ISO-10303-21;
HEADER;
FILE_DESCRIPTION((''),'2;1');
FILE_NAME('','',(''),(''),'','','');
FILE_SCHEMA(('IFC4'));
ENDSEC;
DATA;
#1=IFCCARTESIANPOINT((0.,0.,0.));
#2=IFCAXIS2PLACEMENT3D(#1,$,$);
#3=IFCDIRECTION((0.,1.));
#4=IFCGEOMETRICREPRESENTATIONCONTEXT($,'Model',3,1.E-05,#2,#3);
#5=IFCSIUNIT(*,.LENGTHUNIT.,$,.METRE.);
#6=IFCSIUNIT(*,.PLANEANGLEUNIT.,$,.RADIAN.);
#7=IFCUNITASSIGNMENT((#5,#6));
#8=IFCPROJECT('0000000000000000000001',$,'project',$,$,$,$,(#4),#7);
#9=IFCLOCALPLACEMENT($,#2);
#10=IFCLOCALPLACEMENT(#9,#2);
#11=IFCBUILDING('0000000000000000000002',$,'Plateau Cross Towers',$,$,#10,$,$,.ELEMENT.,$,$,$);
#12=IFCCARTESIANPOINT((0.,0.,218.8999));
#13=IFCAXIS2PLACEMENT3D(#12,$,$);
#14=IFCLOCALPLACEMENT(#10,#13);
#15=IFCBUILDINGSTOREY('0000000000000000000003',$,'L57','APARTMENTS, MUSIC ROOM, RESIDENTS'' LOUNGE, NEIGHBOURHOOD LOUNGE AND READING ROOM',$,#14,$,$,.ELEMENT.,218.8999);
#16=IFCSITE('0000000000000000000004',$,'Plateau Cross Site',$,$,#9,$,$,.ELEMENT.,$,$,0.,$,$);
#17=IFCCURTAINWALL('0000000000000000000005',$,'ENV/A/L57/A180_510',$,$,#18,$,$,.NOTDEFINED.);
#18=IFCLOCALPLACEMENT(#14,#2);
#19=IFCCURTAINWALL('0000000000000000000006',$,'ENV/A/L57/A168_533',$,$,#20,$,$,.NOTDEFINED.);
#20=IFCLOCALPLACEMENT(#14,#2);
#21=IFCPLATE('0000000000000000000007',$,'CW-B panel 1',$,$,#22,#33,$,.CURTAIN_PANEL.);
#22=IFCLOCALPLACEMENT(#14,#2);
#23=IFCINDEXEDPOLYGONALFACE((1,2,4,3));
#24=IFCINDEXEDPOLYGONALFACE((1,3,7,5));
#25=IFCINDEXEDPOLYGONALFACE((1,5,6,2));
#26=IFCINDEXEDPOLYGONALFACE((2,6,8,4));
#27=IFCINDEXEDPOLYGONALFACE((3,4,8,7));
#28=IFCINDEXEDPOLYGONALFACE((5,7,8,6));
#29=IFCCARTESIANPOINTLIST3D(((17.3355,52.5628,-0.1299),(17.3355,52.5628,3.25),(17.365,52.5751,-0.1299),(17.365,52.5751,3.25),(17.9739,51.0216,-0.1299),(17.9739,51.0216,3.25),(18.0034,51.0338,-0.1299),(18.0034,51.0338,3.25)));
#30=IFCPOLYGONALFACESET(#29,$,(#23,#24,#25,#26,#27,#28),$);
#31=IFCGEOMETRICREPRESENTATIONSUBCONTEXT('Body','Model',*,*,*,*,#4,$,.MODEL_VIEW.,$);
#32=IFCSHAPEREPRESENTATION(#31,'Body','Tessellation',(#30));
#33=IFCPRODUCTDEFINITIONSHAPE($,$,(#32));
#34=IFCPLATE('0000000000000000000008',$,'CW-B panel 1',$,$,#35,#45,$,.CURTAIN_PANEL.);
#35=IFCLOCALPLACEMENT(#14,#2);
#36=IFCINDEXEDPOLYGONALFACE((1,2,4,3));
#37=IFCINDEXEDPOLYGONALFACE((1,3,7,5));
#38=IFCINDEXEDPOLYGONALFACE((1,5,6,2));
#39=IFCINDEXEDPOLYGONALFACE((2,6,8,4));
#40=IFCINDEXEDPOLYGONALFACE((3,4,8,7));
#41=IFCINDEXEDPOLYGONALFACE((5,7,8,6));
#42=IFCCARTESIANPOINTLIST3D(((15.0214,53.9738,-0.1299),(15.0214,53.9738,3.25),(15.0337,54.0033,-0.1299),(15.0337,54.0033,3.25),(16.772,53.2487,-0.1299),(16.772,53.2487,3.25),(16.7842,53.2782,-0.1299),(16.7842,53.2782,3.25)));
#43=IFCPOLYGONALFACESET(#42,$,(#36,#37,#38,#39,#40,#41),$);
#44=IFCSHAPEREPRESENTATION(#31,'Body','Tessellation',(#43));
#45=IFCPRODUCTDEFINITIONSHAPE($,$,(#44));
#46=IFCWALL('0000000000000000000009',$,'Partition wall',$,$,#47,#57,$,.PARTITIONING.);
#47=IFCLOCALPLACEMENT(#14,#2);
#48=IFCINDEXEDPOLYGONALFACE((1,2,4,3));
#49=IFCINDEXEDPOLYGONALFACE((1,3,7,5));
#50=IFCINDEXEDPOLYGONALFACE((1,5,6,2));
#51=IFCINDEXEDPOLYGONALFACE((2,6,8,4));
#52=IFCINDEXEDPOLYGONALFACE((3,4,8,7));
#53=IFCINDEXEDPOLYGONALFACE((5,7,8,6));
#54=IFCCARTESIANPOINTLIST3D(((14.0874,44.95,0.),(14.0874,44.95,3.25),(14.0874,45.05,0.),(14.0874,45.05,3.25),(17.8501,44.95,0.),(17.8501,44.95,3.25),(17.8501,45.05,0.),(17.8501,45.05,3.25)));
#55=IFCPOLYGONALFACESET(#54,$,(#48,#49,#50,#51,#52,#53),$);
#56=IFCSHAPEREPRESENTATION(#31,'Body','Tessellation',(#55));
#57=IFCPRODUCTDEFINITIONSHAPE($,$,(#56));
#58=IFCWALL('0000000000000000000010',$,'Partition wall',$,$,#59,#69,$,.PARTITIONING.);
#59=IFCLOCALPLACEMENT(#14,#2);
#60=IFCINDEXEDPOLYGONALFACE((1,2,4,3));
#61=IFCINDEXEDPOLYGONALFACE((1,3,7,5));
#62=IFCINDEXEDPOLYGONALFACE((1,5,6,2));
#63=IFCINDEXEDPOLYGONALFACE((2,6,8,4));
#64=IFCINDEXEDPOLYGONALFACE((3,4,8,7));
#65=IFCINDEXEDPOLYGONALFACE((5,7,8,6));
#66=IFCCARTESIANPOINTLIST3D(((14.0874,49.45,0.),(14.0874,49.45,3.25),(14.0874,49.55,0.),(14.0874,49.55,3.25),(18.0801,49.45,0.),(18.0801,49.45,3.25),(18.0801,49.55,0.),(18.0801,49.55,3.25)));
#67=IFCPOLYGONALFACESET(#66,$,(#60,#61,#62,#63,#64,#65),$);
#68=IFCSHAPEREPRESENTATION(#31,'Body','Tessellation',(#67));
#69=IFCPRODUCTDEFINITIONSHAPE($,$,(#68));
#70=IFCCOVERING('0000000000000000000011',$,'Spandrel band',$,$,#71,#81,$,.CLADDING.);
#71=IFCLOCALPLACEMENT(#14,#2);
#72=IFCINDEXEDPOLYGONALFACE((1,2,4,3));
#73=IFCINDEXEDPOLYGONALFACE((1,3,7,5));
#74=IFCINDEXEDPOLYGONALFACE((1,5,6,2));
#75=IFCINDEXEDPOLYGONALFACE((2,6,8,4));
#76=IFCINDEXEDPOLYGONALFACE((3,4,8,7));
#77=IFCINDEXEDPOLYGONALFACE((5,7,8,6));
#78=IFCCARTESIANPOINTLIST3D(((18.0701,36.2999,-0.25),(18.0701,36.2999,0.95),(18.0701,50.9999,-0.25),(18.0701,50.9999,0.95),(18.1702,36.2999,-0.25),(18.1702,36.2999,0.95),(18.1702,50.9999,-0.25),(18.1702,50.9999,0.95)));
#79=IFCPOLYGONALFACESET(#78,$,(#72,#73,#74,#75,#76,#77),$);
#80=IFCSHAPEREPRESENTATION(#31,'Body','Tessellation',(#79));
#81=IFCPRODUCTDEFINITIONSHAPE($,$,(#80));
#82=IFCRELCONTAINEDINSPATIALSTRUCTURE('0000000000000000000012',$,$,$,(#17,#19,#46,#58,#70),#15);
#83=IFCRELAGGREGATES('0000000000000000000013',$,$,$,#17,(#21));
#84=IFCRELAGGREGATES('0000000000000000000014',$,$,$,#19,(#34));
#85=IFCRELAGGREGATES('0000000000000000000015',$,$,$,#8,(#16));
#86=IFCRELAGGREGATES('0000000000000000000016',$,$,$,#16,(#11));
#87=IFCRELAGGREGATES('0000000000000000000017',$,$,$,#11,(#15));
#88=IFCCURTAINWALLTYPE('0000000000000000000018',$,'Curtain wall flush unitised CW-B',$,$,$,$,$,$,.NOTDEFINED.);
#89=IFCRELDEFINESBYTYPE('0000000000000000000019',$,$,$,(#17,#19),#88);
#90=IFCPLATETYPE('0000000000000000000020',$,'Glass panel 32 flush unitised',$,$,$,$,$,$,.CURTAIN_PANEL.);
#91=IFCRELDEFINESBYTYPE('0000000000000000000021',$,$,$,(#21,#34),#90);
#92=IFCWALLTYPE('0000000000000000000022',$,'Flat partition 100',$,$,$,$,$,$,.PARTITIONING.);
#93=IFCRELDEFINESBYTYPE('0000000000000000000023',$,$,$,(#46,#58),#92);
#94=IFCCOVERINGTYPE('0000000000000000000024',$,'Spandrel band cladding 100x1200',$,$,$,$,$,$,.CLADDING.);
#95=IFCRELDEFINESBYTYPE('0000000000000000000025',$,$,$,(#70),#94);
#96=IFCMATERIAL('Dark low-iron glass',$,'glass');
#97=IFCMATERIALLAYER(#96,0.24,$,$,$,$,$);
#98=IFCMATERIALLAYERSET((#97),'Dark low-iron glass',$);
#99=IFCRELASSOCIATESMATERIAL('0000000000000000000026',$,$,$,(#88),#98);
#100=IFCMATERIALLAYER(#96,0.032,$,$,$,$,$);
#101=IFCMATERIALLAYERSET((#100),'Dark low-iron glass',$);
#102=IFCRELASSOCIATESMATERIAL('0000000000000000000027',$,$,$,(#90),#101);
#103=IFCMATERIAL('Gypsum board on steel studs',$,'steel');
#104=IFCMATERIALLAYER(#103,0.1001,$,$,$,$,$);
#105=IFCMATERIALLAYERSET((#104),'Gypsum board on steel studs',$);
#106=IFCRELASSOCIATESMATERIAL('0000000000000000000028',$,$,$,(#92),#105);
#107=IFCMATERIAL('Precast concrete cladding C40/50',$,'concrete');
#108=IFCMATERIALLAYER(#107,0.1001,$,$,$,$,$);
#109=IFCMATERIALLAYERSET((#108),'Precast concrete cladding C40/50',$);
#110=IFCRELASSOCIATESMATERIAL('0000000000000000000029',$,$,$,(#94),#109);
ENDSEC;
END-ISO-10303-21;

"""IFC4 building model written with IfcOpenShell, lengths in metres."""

from ifc_helpers import new_model, si_unit, direction, frame, frame_2d, origin, origin_2d, place, context, subcontext, project, spatial, rectangle, extrude, material, layer, layer_set, type_object, element, aggregate, save


model = new_model("IFC4")

# Units and contexts
model_context = context("Model", 3, precision=1e-05, world=origin(), true_north=direction((0.0, 1.0)))
body_context = subcontext(model_context, "Body", "Model", "MODEL_VIEW")
ifc_project = project(units=[si_unit("LENGTHUNIT", "METRE"), si_unit("PLANEANGLEUNIT", "RADIAN")], contexts=[model_context])

# Site, building, storey
site_placement = place(None, origin())
site = spatial("IfcSite", under=ifc_project, at=site_placement, Name="Plateau Cross Site", CompositionType="ELEMENT", RefElevation=0.0)
building_placement = place(site_placement, origin())
building = spatial("IfcBuilding", under=site, at=building_placement, Name="Plateau Cross Towers", CompositionType="ELEMENT")
storey_placement = place(building_placement, frame((0.0, 0.0, 218.8999)))
storey = spatial("IfcBuildingStorey", under=building, at=storey_placement, Name="L57", Description="APARTMENTS, MUSIC ROOM, RESIDENTS' LOUNGE, NEIGHBOURHOOD LOUNGE AND READING ROOM", CompositionType="ELEMENT", Elevation=218.8999)

# Shared definitions
ifc_material_1 = material(Name="Dark low-iron glass", Category="glass")
ifc_layer_1 = layer(ifc_material_1, 0.24)
ifc_layer_set_1 = layer_set([ifc_layer_1], Name="Dark low-iron glass")
curtain_wall_type = type_object("IfcCurtainWallType", Name="Curtain wall flush unitised CW-B", PredefinedType="NOTDEFINED", material=ifc_layer_set_1)

# Curtain wall
curtain_wall_1_placement = place(storey_placement, origin())
curtain_wall_1 = element("IfcCurtainWall", 1, at=curtain_wall_1_placement, inside=storey, type_object=curtain_wall_type, Name="ENV/A/L57/A180_510", PredefinedType="NOTDEFINED")

# Curtain wall
curtain_wall_2_placement = place(storey_placement, origin())
curtain_wall_2 = element("IfcCurtainWall", 2, at=curtain_wall_2_placement, inside=storey, type_object=curtain_wall_type, Name="ENV/A/L57/A168_533", PredefinedType="NOTDEFINED")

# Plates
ifc_layer_2 = layer(ifc_material_1, 0.032)
ifc_layer_set_2 = layer_set([ifc_layer_2], Name="Dark low-iron glass")
plate_type = type_object("IfcPlateType", Name="Glass panel 32 flush unitised", PredefinedType="CURTAIN_PANEL", material=ifc_layer_set_2)
plate_1_placement = place(storey_placement, frame((17.6694, 51.7983, -0.1299), z_axis=(0.0, 0.0, 1.0), x_axis=(-0.382684, 0.923879, 0.0)))
plate_1 = element("IfcPlate", 3, at=plate_1_placement, type_object=plate_type, Name="CW-B panel 1", PredefinedType="CURTAIN_PANEL", context=body_context, shape_type="SweptSolid", body=[
    extrude(rectangle(XDim=1.6682, YDim=0.032, at=origin_2d()), origin(), (0.0, 0.0, 1.0), 3.3799),
])
aggregate(curtain_wall_1, [plate_1])
plate_2_placement = place(storey_placement, frame((15.9028, 53.626, -0.1299), z_axis=(0.0, 0.0, 1.0), x_axis=(-0.923879, 0.382684, 0.0)))
plate_2 = element("IfcPlate", 4, at=plate_2_placement, type_object=plate_type, Name="CW-B panel 1", PredefinedType="CURTAIN_PANEL", context=body_context, shape_type="SweptSolid", body=[
    extrude(rectangle(XDim=1.8948, YDim=0.032, at=origin_2d()), origin(), (0.0, 0.0, 1.0), 3.3799),
])
aggregate(curtain_wall_2, [plate_2])

# Walls
ifc_material_2 = material(Name="Gypsum board on steel studs", Category="steel")
ifc_layer_3 = layer(ifc_material_2, 0.1001)
ifc_layer_set_3 = layer_set([ifc_layer_3], Name="Gypsum board on steel studs")
wall_type_1 = type_object("IfcWallType", Name="Flat partition 100", PredefinedType="PARTITIONING", material=ifc_layer_set_3)
wall_1_placement = place(storey_placement, frame((17.8501, 45.0, 0.0), z_axis=(0.0, 0.0, 1.0), x_axis=(-1.0, 0.0, 0.0)))
element("IfcWall", 5, at=wall_1_placement, inside=storey, type_object=wall_type_1, Name="Partition wall", PredefinedType="PARTITIONING", context=body_context, shape_type="SweptSolid", body=[
    extrude(rectangle(XDim=3.7627, YDim=0.1001, at=frame_2d((1.8813, 0.0))), origin(), (0.0, 0.0, 1.0), 3.25),
])
wall_2_placement = place(storey_placement, frame((18.0801, 49.5, 0.0), z_axis=(0.0, 0.0, 1.0), x_axis=(-1.0, 0.0, 0.0)))
element("IfcWall", 6, at=wall_2_placement, inside=storey, type_object=wall_type_1, Name="Partition wall", PredefinedType="PARTITIONING", context=body_context, shape_type="SweptSolid", body=[
    extrude(rectangle(XDim=3.9927, YDim=0.1001, at=frame_2d((1.9963, 0.0))), origin(), (0.0, 0.0, 1.0), 3.25),
])

# Covering
ifc_material_3 = material(Name="Precast concrete cladding C40/50", Category="concrete")
ifc_layer_4 = layer(ifc_material_3, 0.1001)
ifc_layer_set_4 = layer_set([ifc_layer_4], Name="Precast concrete cladding C40/50")
covering_type = type_object("IfcCoveringType", Name="Spandrel band cladding 100x1200", PredefinedType="CLADDING", material=ifc_layer_set_4)
covering_placement = place(storey_placement, frame((18.1201, 43.6499, -0.25), z_axis=(0.0, 0.0, 1.0), x_axis=(0.0, 1.0, 0.0)))
element("IfcCovering", 7, at=covering_placement, inside=storey, type_object=covering_type, Name="Spandrel band", PredefinedType="CLADDING", context=body_context, shape_type="SweptSolid", body=[
    extrude(rectangle(XDim=14.7, YDim=0.1001, at=origin_2d()), origin(), (0.0, 0.0, 1.0), 1.2),
])

save(model, "model.ifc")
